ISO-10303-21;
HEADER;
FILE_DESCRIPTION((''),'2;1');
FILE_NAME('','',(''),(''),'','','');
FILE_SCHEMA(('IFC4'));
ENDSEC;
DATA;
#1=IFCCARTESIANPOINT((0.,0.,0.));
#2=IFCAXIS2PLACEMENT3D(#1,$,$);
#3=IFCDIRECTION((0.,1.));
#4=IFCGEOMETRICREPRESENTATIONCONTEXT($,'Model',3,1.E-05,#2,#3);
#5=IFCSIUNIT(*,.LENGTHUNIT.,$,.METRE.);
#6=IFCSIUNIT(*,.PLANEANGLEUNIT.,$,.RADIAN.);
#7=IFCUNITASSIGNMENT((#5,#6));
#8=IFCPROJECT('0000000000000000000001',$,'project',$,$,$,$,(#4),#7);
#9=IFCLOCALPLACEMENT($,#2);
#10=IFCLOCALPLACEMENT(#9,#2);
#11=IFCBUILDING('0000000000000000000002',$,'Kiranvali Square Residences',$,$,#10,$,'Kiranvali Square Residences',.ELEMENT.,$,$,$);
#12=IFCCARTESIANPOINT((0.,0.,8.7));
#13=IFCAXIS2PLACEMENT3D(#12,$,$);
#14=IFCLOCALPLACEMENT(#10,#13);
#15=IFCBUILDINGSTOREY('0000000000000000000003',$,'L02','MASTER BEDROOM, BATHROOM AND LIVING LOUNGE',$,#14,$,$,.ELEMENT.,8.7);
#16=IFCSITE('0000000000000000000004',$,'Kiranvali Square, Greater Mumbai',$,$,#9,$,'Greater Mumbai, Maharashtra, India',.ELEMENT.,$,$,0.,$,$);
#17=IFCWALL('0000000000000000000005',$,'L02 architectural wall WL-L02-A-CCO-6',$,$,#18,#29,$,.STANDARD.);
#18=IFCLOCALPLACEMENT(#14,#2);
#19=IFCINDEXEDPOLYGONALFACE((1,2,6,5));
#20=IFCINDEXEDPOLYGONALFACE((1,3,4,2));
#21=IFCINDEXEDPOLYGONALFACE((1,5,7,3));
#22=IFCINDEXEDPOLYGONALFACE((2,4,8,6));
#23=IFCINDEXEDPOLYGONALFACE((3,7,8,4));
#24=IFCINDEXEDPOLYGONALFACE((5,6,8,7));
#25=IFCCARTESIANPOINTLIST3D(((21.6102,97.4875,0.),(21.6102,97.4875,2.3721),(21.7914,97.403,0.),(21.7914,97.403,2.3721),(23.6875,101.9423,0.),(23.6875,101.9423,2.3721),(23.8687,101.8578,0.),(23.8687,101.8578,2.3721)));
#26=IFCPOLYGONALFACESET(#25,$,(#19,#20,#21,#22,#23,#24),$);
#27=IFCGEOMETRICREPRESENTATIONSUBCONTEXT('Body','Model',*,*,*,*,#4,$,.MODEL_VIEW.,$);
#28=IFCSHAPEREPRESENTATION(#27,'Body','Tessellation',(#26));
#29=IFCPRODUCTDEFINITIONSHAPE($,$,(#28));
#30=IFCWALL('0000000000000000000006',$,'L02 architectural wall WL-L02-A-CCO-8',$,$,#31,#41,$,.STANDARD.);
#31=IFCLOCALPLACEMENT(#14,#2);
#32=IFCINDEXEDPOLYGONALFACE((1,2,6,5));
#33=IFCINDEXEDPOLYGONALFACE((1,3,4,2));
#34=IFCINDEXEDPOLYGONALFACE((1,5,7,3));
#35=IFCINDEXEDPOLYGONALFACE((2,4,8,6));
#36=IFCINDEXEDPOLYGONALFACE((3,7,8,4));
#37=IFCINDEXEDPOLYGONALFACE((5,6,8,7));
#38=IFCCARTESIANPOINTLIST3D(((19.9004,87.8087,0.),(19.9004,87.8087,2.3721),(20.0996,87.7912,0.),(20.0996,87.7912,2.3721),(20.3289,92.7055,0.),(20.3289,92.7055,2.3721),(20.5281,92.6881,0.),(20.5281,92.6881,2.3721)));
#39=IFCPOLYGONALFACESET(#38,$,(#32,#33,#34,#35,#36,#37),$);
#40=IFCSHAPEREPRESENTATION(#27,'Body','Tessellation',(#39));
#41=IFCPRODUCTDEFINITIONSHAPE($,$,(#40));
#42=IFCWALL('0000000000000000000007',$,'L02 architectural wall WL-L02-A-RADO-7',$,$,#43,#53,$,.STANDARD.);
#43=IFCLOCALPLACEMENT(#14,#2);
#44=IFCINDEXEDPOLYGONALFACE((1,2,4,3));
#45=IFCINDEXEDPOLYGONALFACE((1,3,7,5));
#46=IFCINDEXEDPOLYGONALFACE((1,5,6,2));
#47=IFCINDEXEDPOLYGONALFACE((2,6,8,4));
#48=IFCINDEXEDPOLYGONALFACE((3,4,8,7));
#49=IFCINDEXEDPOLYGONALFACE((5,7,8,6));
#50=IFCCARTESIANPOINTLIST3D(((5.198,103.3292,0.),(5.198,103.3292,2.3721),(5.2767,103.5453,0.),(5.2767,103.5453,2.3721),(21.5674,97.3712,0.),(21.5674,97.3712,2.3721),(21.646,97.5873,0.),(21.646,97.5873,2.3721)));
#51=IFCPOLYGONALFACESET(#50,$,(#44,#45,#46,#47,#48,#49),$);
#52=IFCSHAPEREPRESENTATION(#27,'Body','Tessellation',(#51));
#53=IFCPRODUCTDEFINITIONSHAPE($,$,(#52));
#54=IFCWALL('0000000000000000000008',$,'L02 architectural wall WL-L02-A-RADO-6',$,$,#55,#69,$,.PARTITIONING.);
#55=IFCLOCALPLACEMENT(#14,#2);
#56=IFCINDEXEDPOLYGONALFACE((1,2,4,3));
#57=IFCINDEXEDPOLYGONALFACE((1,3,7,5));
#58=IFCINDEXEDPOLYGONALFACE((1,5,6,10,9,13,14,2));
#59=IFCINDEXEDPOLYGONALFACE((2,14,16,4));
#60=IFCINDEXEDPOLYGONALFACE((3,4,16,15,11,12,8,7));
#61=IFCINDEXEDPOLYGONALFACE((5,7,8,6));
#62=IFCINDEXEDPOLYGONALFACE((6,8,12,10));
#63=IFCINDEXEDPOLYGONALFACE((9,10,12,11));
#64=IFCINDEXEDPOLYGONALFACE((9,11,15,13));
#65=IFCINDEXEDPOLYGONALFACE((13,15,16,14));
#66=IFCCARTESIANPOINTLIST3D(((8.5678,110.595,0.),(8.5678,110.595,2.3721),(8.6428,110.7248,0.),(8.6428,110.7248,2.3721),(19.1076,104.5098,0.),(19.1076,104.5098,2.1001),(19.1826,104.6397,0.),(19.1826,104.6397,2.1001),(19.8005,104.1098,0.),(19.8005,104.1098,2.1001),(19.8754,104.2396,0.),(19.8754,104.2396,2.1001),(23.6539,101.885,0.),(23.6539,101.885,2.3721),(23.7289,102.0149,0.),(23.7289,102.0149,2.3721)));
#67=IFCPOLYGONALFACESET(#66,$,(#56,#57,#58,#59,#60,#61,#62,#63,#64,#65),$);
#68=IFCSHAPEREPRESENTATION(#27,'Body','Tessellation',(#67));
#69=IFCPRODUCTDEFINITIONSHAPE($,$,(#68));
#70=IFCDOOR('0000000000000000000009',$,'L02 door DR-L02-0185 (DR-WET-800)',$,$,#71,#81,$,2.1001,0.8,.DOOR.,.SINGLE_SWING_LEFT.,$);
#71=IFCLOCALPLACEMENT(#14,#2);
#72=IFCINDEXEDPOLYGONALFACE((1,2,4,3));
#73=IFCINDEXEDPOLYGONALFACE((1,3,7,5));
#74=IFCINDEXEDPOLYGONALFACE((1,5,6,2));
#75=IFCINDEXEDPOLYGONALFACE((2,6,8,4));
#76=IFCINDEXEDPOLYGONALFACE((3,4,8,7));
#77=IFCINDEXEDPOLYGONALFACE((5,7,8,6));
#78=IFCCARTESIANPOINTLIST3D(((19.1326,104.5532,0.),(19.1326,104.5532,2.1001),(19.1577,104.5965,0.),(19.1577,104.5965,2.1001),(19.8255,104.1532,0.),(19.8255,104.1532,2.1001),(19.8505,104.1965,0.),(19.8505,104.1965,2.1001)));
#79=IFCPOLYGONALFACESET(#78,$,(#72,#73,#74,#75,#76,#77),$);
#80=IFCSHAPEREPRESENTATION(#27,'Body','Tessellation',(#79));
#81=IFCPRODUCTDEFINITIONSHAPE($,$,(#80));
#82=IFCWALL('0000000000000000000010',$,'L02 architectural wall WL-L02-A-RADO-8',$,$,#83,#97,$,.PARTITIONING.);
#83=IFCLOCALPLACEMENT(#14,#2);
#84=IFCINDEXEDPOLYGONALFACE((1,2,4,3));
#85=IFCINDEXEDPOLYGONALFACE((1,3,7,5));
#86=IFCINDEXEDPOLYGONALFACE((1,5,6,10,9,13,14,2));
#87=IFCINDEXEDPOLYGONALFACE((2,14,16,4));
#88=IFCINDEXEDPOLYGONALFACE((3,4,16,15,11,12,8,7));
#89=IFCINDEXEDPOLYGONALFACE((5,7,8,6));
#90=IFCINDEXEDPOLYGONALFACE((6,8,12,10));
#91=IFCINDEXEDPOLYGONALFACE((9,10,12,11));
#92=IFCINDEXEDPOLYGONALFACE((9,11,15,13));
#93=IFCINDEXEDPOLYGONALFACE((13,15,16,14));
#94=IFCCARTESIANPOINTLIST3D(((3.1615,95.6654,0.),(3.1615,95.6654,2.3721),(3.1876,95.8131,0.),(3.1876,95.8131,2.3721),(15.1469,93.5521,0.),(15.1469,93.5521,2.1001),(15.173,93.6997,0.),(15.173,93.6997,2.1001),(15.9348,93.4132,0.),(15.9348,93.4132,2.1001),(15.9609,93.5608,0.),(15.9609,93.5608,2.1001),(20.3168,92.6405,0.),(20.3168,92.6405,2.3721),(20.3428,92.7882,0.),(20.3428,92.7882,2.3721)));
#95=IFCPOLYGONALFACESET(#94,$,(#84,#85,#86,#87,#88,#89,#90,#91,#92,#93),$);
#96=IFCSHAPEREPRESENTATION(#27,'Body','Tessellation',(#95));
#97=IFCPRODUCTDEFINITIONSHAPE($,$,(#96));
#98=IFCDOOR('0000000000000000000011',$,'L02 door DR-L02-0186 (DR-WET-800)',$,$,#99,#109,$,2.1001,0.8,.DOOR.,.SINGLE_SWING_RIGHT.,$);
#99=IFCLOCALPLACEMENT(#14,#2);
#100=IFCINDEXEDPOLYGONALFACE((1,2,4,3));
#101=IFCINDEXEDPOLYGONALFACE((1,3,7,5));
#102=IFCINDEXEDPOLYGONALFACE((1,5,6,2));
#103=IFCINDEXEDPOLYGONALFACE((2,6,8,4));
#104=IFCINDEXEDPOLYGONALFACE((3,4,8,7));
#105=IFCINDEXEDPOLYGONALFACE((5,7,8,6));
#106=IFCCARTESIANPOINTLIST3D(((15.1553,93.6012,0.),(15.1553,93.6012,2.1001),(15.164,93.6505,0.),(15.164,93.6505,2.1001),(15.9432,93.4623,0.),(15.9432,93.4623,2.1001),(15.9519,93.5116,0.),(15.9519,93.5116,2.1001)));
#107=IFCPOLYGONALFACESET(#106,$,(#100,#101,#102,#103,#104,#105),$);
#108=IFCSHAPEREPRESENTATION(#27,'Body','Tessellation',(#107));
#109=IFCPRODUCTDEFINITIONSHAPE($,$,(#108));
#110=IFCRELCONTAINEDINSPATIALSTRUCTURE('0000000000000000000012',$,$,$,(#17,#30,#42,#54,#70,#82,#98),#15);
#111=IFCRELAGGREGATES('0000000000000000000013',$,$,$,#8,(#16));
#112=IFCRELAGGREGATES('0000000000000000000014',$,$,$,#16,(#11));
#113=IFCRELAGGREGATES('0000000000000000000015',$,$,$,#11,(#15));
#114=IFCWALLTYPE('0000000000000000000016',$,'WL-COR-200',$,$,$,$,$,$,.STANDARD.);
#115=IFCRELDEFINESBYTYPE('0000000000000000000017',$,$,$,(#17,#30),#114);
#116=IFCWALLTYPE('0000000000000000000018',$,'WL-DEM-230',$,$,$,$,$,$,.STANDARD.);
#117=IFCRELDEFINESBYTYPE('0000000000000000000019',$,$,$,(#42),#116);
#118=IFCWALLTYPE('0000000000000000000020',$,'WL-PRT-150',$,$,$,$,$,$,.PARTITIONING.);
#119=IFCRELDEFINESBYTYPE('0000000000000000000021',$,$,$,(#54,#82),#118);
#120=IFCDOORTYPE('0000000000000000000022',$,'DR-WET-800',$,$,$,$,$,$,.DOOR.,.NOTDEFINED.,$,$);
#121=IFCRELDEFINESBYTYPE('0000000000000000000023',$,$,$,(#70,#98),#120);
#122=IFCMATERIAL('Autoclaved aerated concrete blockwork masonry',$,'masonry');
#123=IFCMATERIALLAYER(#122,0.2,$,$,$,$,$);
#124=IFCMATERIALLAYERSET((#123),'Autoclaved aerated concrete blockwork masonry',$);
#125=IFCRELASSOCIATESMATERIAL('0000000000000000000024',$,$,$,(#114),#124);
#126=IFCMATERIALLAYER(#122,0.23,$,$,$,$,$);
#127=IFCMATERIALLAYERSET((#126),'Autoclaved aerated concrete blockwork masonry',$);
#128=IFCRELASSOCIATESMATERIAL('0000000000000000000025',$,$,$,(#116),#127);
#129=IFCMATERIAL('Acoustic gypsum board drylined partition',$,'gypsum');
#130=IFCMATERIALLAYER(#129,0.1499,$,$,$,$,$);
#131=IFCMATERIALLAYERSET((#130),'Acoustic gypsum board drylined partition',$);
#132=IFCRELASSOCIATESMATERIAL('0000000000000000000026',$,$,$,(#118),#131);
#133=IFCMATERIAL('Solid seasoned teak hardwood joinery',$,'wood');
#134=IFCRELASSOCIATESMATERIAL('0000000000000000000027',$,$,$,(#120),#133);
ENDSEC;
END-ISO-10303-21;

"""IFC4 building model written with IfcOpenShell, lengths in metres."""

from ifc_helpers import new_model, si_unit, direction, frame, frame_2d, origin, place, context, subcontext, project, spatial, rectangle, extrude, material, layer, layer_set, type_object, element, fill, save


model = new_model("IFC4")

# Units and contexts
model_context = context("Model", 3, precision=1e-05, world=origin(), true_north=direction((0.0, 1.0)))
body_context = subcontext(model_context, "Body", "Model", "MODEL_VIEW")
ifc_project = project(units=[si_unit("LENGTHUNIT", "METRE"), si_unit("PLANEANGLEUNIT", "RADIAN")], contexts=[model_context])

# Site, building, storey
site_placement = place(None, origin())
site = spatial("IfcSite", under=ifc_project, at=site_placement, Name="Kiranvali Square, Greater Mumbai", LongName="Greater Mumbai, Maharashtra, India", CompositionType="ELEMENT", RefElevation=0.0)
building_placement = place(site_placement, origin())
building = spatial("IfcBuilding", under=site, at=building_placement, Name="Kiranvali Square Residences", LongName="Kiranvali Square Residences", CompositionType="ELEMENT")
storey_placement = place(building_placement, frame((0.0, 0.0, 8.7)))
storey = spatial("IfcBuildingStorey", under=building, at=storey_placement, Name="L02", Description="MASTER BEDROOM, BATHROOM AND LIVING LOUNGE", CompositionType="ELEMENT", Elevation=8.7)

# Wall
ifc_material_1 = material(Name="Autoclaved aerated concrete blockwork masonry", Category="masonry")
ifc_layer_1 = layer(ifc_material_1, 0.2)
ifc_layer_set_1 = layer_set([ifc_layer_1], Name="Autoclaved aerated concrete blockwork masonry")
wall_type_1 = type_object("IfcWallType", Name="WL-COR-200", PredefinedType="STANDARD", material=ifc_layer_set_1)
wall_1_placement = place(storey_placement, frame((23.7781, 101.8999, 0.0), z_axis=(0.0, 0.0, 1.0), x_axis=(-0.42263, -0.906302, 0.0)))
element("IfcWall", 1, at=wall_1_placement, inside=storey, type_object=wall_type_1, Name="L02 architectural wall WL-L02-A-CCO-6", PredefinedType="STANDARD", context=body_context, shape_type="SweptSolid", body=[
    extrude(rectangle(XDim=4.9153, YDim=0.2, at=frame_2d((2.4575, 0.0))), origin(), (0.0, 0.0, 1.0), 2.3721),
])

# Walls
wall_2_placement = place(storey_placement, frame((20.4285, 92.6968, 0.0), z_axis=(0.0, 0.0, 1.0), x_axis=(-0.087168, -0.996194, 0.0)))
element("IfcWall", 2, at=wall_2_placement, inside=storey, type_object=wall_type_1, Name="L02 architectural wall WL-L02-A-CCO-8", PredefinedType="STANDARD", context=body_context, shape_type="SweptSolid", body=[
    extrude(rectangle(XDim=4.9155, YDim=0.2, at=frame_2d((2.4578, 0.0))), origin(), (0.0, 0.0, 1.0), 2.3721),
])
ifc_layer_2 = layer(ifc_material_1, 0.23)
ifc_layer_set_2 = layer_set([ifc_layer_2], Name="Autoclaved aerated concrete blockwork masonry")
wall_type_2 = type_object("IfcWallType", Name="WL-DEM-230", PredefinedType="STANDARD", material=ifc_layer_set_2)
wall_3_placement = place(storey_placement, frame((21.6067, 97.4792, 0.0), z_axis=(0.0, 0.0, 1.0), x_axis=(-0.939692, 0.342022, 0.0)))
element("IfcWall", 3, at=wall_3_placement, inside=storey, type_object=wall_type_2, Name="L02 architectural wall WL-L02-A-RADO-7", PredefinedType="STANDARD", context=body_context, shape_type="SweptSolid", body=[
    extrude(rectangle(XDim=17.4199, YDim=0.23, at=frame_2d((8.71, 0.0))), origin(), (0.0, 0.0, 1.0), 2.3721),
])

# Walls, openings, doors
ifc_material_2 = material(Name="Acoustic gypsum board drylined partition", Category="gypsum")
ifc_layer_3 = layer(ifc_material_2, 0.1499)
ifc_layer_set_3 = layer_set([ifc_layer_3], Name="Acoustic gypsum board drylined partition")
wall_type_3 = type_object("IfcWallType", Name="WL-PRT-150", PredefinedType="PARTITIONING", material=ifc_layer_set_3)
wall_4_placement = place(storey_placement, frame((23.6914, 101.95, 0.0), z_axis=(0.0, 0.0, 1.0), x_axis=(-0.866027, 0.499998, 0.0)))
wall_4 = element("IfcWall", 4, at=wall_4_placement, inside=storey, type_object=wall_type_3, Name="L02 architectural wall WL-L02-A-RADO-6", PredefinedType="PARTITIONING", context=body_context, shape_type="SweptSolid", body=[
    extrude(rectangle(XDim=17.4199, YDim=0.1499, at=frame_2d((8.71, 0.0))), origin(), (0.0, 0.0, 1.0), 2.3721),
])
opening_1_placement = place(wall_4_placement, frame((4.4497, 0.0, 0.0)))
opening_1 = element("IfcOpeningElement", 5, at=opening_1_placement, cuts=wall_4, PredefinedType="OPENING", context=body_context, shape_type="SweptSolid", body=[
    extrude(rectangle(XDim=0.8, YDim=2.1001, at=frame_2d((0.3999, 1.05))), frame((0.0, 0.085, 0.0), z_axis=(0.0, -1.0, 0.0), x_axis=(1.0, 0.0, 0.0)), (0.0, 0.0, 1.0), 0.1699),
])
ifc_material_3 = material(Name="Solid seasoned teak hardwood joinery", Category="wood")
door_type_1 = type_object("IfcDoorType", Name="DR-WET-800", OperationType="NOTDEFINED", PredefinedType="DOOR", material=ifc_material_3)
door_1_placement = place(opening_1_placement, origin())
door_1 = element("IfcDoor", 6, at=door_1_placement, inside=storey, type_object=door_type_1, Name="L02 door DR-L02-0185 (DR-WET-800)", OperationType="SINGLE_SWING_LEFT", OverallHeight=2.1001, OverallWidth=0.8, PredefinedType="DOOR", context=body_context, shape_type="SweptSolid", body=[
    extrude(rectangle(XDim=0.8, YDim=2.1001, at=frame_2d((0.3999, 1.05))), frame((0.0, 0.0249, 0.0), z_axis=(0.0, -1.0, 0.0), x_axis=(1.0, 0.0, 0.0)), (0.0, 0.0, 1.0), 0.05),
])
fill(opening_1, door_1)
wall_5_placement = place(storey_placement, frame((20.3298, 92.7144, 0.0), z_axis=(0.0, 0.0, 1.0), x_axis=(-0.984808, 0.173646, 0.0)))
wall_5 = element("IfcWall", 7, at=wall_5_placement, inside=storey, type_object=wall_type_3, Name="L02 architectural wall WL-L02-A-RADO-8", PredefinedType="PARTITIONING", context=body_context, shape_type="SweptSolid", body=[
    extrude(rectangle(XDim=17.4199, YDim=0.1499, at=frame_2d((8.71, 0.0))), origin(), (0.0, 0.0, 1.0), 2.3721),
])
opening_2_placement = place(wall_5_placement, frame((4.4497, 0.0, 0.0)))
opening_2 = element("IfcOpeningElement", 8, at=opening_2_placement, cuts=wall_5, PredefinedType="OPENING", context=body_context, shape_type="SweptSolid", body=[
    extrude(rectangle(XDim=0.8, YDim=2.1001, at=frame_2d((0.3999, 1.05))), frame((0.0, 0.085, 0.0), z_axis=(0.0, -1.0, 0.0), x_axis=(1.0, 0.0, 0.0)), (0.0, 0.0, 1.0), 0.1699),
])
door_2_placement = place(opening_2_placement, frame((0.8, 0.0, 0.0), z_axis=(0.0, 0.0, 1.0), x_axis=(-1.0, 0.0, 0.0)))
door_2 = element("IfcDoor", 9, at=door_2_placement, inside=storey, type_object=door_type_1, Name="L02 door DR-L02-0186 (DR-WET-800)", OperationType="SINGLE_SWING_RIGHT", OverallHeight=2.1001, OverallWidth=0.8, PredefinedType="DOOR", context=body_context, shape_type="SweptSolid", body=[
    extrude(rectangle(XDim=0.8, YDim=2.1001, at=frame_2d((0.3999, 1.05))), frame((0.0, 0.0249, 0.0), z_axis=(0.0, -1.0, 0.0), x_axis=(1.0, 0.0, 0.0)), (0.0, 0.0, 1.0), 0.05),
])
fill(opening_2, door_2)

save(model, "model.ifc")
